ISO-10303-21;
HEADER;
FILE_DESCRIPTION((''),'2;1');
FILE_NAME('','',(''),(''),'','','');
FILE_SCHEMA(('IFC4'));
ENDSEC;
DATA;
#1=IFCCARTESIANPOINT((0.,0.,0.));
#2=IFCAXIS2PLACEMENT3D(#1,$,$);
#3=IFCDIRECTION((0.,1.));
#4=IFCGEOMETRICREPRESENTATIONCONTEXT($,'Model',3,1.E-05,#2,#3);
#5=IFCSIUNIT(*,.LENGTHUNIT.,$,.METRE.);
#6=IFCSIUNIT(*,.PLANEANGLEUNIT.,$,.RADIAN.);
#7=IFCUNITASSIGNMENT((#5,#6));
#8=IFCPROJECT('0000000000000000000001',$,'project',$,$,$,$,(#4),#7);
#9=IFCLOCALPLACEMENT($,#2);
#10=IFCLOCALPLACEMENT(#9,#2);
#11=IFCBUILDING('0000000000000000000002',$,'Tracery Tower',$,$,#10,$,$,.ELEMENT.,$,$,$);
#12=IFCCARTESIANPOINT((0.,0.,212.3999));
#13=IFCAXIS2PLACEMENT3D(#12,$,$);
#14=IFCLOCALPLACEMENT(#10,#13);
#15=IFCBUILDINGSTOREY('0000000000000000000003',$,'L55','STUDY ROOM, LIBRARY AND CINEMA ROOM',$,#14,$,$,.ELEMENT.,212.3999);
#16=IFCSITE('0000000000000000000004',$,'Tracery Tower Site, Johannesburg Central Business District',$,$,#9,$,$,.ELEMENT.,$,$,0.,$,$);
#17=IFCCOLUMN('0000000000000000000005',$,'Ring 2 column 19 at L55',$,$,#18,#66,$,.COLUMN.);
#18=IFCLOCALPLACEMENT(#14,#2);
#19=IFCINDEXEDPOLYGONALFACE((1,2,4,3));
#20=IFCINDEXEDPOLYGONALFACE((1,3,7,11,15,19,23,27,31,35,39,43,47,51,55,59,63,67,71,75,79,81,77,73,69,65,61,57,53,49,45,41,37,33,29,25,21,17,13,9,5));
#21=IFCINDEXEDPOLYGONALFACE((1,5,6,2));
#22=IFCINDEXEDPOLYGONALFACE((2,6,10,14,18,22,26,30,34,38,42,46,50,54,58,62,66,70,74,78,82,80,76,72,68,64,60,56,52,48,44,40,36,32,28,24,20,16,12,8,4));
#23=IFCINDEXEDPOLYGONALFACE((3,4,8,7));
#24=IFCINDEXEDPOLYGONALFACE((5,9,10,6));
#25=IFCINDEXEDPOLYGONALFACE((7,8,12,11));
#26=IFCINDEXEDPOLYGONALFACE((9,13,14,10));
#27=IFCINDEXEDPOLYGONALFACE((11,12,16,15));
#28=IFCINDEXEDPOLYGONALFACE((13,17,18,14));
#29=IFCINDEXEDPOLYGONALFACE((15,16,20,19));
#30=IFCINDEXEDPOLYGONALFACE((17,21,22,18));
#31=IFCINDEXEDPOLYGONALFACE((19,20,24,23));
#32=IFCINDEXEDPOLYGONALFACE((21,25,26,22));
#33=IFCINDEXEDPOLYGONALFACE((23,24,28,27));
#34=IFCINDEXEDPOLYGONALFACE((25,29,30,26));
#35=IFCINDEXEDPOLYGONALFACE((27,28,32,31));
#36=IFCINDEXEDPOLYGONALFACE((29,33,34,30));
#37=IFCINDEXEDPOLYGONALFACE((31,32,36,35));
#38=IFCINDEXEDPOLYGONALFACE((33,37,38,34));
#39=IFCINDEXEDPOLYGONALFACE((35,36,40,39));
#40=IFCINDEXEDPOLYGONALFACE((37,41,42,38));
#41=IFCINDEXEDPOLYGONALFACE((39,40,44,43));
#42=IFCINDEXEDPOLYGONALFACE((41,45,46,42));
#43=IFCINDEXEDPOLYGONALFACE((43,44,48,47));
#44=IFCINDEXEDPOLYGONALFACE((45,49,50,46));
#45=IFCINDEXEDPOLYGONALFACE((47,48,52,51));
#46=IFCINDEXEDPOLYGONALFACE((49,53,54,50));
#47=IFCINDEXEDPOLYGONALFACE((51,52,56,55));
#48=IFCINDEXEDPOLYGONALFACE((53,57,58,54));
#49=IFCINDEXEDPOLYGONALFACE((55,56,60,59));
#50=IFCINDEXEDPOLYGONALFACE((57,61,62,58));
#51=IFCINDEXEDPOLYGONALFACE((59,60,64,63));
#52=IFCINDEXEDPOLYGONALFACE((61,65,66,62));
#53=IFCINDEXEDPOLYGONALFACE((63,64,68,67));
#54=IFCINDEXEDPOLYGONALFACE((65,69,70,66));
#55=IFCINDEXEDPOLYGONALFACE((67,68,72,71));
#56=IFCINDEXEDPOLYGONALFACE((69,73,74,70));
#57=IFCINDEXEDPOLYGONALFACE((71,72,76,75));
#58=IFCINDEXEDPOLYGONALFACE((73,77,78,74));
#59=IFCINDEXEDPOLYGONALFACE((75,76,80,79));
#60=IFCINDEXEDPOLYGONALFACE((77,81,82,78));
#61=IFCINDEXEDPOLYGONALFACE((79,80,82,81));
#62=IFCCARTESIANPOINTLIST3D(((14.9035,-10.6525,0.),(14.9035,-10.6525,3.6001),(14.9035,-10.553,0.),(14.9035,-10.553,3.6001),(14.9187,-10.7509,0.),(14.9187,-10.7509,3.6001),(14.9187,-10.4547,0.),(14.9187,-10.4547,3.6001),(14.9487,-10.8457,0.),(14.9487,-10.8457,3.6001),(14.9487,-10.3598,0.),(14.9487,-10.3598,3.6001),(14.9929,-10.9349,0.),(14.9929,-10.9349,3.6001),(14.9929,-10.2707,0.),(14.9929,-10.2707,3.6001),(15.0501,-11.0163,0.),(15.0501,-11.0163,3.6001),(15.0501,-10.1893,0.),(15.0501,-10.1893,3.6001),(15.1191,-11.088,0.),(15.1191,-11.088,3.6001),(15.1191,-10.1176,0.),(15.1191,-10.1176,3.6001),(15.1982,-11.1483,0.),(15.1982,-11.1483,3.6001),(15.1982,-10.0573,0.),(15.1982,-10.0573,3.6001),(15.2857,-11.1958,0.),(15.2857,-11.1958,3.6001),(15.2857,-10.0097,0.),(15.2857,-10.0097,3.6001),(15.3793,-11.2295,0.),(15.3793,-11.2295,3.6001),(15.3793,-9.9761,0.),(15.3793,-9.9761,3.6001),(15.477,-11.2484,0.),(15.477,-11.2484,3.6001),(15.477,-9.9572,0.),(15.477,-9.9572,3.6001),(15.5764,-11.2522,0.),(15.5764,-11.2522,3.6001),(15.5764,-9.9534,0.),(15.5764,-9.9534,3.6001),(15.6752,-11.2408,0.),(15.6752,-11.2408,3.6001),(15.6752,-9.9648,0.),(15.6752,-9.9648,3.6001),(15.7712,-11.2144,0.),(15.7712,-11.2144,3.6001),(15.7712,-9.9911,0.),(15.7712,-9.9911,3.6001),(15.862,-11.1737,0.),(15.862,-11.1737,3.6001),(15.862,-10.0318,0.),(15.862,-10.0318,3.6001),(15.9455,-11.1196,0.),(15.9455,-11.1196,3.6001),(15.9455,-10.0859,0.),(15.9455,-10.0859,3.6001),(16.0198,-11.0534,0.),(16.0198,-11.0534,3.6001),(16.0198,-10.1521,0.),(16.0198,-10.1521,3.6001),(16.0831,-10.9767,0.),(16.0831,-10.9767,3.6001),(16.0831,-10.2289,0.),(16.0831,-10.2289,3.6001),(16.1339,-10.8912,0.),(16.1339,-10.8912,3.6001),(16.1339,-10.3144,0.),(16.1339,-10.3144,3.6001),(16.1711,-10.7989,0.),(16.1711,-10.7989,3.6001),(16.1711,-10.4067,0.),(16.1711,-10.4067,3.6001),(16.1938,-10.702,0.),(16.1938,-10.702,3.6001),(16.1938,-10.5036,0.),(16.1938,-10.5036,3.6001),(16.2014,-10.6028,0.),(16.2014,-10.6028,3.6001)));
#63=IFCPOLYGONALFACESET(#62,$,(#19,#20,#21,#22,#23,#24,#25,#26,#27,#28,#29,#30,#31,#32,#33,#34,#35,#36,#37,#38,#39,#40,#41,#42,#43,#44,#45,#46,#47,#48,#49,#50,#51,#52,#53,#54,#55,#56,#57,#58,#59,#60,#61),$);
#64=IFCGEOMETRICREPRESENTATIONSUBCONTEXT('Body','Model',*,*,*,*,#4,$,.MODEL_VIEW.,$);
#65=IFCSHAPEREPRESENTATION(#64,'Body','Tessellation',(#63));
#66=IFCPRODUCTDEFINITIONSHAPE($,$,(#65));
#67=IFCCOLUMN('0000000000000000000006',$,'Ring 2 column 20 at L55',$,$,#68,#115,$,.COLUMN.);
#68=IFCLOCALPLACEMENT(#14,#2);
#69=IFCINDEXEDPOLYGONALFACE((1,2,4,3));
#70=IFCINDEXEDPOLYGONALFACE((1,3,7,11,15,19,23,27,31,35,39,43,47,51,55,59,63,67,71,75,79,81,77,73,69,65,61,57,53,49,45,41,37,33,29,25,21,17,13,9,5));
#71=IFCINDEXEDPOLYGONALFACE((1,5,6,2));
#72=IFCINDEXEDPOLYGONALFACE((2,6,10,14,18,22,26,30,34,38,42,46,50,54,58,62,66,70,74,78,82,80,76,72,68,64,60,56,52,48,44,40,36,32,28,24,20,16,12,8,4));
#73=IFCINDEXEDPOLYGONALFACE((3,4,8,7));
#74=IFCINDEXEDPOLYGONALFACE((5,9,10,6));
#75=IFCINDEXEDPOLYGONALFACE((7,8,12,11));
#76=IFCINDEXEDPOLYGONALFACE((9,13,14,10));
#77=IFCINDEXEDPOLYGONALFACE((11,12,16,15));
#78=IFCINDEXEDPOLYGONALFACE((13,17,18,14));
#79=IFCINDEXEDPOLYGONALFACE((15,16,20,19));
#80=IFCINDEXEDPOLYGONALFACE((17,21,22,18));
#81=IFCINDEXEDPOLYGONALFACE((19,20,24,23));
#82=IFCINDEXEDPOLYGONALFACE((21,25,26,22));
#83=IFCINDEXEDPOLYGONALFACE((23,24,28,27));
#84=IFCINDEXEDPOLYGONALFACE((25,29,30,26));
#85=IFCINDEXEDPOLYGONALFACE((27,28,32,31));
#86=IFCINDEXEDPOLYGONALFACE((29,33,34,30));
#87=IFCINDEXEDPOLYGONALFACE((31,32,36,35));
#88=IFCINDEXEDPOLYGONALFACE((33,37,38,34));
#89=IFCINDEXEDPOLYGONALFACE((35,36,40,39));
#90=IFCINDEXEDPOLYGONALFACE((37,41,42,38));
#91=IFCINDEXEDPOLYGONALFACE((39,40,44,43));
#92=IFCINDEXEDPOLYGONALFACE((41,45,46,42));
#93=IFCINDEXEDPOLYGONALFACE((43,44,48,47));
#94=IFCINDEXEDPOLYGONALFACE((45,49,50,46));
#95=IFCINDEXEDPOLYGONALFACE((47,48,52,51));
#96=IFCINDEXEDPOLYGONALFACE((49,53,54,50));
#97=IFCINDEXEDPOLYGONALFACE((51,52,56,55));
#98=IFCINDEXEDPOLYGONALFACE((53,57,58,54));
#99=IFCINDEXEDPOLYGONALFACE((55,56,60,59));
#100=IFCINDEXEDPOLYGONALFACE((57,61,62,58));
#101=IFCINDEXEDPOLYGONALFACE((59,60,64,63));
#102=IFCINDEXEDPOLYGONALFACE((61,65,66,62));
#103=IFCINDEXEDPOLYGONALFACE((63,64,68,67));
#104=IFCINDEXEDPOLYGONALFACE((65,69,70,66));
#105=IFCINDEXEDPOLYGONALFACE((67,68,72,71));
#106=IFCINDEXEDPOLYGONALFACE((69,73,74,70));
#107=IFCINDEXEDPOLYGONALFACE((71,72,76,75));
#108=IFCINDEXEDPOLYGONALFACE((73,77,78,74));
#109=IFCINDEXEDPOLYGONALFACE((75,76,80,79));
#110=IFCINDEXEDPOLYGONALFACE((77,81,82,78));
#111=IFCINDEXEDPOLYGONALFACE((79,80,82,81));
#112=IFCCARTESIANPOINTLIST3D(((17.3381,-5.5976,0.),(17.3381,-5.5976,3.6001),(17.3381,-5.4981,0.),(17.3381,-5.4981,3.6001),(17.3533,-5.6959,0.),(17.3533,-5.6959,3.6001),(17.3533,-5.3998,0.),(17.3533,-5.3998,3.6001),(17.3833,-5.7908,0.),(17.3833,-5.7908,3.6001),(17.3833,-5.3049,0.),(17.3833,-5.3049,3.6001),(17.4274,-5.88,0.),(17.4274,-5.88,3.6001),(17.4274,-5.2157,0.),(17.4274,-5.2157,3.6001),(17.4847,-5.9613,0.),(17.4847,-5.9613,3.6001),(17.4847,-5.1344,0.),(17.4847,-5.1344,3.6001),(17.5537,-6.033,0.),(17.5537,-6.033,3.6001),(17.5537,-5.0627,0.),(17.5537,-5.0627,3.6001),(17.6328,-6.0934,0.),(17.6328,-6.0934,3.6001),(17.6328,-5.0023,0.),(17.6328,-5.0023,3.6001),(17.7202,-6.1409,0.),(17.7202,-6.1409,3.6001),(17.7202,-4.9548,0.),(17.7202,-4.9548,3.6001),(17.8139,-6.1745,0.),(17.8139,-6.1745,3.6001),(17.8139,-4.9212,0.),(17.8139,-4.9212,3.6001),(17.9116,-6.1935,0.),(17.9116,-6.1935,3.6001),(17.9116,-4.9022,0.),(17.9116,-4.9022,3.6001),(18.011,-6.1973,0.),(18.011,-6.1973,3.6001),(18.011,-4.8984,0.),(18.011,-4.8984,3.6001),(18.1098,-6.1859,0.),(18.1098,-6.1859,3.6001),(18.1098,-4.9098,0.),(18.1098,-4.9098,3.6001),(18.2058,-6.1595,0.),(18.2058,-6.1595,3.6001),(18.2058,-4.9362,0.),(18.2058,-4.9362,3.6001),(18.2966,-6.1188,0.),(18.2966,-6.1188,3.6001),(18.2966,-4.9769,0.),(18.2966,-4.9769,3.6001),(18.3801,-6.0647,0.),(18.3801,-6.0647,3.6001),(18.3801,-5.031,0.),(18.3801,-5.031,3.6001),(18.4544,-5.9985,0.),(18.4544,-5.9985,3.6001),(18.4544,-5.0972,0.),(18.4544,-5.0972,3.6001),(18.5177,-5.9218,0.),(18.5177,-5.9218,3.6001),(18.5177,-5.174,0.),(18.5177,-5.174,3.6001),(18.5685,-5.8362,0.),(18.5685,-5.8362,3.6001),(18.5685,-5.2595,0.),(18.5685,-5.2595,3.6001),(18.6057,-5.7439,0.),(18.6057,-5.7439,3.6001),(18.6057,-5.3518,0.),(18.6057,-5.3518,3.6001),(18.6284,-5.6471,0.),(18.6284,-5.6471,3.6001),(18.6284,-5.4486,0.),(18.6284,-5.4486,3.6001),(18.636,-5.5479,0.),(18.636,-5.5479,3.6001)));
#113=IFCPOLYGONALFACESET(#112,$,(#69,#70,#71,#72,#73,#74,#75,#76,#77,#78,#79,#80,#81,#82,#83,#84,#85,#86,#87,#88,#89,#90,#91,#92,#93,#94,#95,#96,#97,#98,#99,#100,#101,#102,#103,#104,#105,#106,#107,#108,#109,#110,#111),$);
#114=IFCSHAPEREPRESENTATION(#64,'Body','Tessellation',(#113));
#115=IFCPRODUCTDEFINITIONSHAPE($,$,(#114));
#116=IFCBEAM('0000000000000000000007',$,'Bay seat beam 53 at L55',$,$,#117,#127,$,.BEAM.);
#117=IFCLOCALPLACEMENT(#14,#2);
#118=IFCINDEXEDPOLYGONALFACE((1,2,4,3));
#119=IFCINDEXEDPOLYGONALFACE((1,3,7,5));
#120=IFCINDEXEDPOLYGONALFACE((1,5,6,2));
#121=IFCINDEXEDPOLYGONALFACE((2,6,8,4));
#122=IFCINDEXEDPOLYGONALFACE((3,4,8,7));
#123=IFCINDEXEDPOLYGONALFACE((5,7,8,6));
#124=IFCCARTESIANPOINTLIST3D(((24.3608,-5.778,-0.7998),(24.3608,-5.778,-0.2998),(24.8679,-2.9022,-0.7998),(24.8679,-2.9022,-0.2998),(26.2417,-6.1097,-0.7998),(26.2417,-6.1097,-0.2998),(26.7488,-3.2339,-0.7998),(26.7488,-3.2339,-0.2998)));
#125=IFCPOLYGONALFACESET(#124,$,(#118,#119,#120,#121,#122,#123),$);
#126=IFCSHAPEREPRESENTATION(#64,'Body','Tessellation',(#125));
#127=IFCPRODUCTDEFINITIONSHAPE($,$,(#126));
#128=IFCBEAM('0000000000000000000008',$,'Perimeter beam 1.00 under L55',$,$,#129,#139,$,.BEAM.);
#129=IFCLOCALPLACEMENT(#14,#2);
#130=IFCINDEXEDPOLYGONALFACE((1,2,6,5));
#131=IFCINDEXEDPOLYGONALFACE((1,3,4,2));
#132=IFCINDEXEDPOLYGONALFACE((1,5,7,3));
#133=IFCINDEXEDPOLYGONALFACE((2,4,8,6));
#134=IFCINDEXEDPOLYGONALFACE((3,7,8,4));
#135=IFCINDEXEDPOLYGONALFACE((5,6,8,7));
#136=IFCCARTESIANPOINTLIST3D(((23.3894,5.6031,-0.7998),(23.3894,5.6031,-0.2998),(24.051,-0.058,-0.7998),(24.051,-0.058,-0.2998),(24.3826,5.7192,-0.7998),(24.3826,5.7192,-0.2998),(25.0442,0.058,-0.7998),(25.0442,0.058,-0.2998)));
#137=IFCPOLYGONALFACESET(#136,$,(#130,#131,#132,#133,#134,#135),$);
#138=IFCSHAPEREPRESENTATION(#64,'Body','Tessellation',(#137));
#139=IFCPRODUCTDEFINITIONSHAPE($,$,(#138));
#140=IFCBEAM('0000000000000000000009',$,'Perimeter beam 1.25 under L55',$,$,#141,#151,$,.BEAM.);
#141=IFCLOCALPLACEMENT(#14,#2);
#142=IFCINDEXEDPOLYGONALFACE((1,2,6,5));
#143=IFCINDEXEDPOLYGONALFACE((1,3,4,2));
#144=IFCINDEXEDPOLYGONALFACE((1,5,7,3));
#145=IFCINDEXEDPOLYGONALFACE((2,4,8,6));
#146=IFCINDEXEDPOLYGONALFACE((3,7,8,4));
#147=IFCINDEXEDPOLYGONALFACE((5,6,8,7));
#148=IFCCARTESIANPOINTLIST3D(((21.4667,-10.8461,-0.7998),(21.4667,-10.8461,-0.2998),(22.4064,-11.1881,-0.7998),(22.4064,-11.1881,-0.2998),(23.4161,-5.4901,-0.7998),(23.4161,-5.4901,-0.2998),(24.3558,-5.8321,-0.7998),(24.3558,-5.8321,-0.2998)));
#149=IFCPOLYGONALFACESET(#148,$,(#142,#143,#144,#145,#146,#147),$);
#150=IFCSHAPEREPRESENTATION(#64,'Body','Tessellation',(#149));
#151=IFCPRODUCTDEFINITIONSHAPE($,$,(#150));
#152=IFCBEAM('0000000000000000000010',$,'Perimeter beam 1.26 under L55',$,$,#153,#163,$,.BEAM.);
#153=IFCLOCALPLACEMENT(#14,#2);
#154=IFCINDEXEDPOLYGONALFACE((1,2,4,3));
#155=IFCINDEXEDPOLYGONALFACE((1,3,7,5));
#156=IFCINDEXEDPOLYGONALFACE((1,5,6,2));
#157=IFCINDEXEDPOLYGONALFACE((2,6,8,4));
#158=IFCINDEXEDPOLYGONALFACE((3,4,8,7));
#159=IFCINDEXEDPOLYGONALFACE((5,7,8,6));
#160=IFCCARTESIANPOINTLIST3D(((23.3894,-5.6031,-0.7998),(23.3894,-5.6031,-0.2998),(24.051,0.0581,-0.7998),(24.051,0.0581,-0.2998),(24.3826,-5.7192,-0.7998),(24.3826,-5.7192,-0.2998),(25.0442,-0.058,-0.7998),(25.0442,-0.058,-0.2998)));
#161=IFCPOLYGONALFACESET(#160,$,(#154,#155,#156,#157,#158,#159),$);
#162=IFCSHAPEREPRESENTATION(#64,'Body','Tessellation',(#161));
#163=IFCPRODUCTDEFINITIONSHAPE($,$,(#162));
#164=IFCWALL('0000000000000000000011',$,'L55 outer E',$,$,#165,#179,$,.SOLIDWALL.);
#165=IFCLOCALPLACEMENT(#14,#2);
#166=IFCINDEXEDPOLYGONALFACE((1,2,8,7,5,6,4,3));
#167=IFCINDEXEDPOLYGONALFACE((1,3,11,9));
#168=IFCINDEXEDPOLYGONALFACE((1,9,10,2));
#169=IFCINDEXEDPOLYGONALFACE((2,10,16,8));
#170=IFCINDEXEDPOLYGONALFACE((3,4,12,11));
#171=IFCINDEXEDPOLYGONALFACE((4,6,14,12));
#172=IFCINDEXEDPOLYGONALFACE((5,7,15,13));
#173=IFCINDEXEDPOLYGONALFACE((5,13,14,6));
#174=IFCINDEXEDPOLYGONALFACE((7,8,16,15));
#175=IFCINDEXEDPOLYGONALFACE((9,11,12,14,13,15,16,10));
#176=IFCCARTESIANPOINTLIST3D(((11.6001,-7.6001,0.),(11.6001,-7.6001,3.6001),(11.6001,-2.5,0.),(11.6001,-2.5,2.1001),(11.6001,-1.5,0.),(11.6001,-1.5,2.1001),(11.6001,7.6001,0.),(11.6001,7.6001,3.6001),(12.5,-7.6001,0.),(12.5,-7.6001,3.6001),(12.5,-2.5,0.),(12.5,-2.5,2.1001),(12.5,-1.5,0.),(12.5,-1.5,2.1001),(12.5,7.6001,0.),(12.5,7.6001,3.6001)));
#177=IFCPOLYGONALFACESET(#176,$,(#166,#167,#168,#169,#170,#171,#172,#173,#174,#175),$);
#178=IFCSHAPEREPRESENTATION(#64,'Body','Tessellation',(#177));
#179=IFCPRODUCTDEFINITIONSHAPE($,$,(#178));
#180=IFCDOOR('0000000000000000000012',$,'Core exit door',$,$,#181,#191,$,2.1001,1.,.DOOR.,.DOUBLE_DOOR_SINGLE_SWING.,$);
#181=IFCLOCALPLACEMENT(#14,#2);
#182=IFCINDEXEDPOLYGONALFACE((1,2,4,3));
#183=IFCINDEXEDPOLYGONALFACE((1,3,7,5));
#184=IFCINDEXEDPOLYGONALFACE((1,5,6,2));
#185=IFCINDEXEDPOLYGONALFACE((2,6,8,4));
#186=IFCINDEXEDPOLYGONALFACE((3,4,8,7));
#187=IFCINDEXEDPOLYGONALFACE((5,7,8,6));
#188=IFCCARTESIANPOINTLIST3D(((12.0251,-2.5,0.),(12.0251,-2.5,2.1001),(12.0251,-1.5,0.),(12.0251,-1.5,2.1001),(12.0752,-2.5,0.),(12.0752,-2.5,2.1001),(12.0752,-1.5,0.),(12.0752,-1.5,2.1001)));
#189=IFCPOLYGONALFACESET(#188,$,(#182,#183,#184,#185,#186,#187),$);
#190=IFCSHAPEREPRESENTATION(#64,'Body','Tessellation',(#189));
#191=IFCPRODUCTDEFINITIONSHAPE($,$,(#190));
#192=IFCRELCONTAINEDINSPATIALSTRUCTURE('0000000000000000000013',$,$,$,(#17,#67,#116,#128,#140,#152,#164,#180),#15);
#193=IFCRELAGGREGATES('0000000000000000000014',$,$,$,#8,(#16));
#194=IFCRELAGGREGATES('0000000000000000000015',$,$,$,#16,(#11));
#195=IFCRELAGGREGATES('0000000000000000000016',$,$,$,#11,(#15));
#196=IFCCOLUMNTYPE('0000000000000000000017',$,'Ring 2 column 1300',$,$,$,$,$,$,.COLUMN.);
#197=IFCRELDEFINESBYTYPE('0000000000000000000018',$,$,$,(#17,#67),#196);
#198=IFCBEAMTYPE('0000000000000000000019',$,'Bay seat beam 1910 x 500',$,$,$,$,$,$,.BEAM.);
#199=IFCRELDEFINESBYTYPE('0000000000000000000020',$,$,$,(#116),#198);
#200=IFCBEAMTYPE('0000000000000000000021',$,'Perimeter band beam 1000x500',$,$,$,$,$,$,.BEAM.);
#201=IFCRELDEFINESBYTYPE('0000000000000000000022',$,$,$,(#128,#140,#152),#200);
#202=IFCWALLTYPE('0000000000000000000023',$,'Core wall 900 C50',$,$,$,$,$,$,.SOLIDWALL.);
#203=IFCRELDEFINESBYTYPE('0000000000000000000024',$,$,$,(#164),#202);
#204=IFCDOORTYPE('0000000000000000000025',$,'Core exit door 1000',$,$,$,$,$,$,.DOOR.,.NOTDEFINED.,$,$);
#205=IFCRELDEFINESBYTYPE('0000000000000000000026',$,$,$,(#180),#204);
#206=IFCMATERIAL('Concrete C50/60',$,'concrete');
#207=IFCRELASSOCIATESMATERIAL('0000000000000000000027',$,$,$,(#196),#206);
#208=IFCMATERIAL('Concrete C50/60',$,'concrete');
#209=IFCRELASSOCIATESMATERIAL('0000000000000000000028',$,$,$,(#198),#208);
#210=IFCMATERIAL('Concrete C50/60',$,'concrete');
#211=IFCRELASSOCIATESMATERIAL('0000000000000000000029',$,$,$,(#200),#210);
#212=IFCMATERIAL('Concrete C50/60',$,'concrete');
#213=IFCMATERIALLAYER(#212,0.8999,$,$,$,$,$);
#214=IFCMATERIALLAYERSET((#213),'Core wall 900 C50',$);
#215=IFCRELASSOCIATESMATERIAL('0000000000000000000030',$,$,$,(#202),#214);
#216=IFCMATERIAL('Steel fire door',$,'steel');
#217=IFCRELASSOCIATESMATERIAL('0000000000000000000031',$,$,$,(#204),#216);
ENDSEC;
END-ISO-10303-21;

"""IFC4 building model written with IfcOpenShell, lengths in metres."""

from ifc_helpers import new_model, si_unit, direction, frame, frame_2d, origin, origin_2d, place, context, subcontext, project, spatial, rectangle, circle, extrude, material, layer, layer_set, material_profile, profile_set, type_object, element, fill, save


model = new_model("IFC4")

# Units and contexts
model_context = context("Model", 3, precision=1e-05, world=origin(), true_north=direction((0.0, 1.0)))
body_context = subcontext(model_context, "Body", "Model", "MODEL_VIEW")
ifc_project = project(units=[si_unit("LENGTHUNIT", "METRE"), si_unit("PLANEANGLEUNIT", "RADIAN")], contexts=[model_context])

# Site, building, storey
site_placement = place(None, origin())
site = spatial("IfcSite", under=ifc_project, at=site_placement, Name="Tracery Tower Site, Johannesburg Central Business District", CompositionType="ELEMENT", RefElevation=0.0)
building_placement = place(site_placement, origin())
building = spatial("IfcBuilding", under=site, at=building_placement, Name="Tracery Tower", CompositionType="ELEMENT")
storey_placement = place(building_placement, frame((0.0, 0.0, 212.3999)))
storey = spatial("IfcBuildingStorey", under=building, at=storey_placement, Name="L55", Description="STUDY ROOM, LIBRARY AND CINEMA ROOM", CompositionType="ELEMENT", Elevation=212.3999)

# Columns
ifc_material_1 = material(Name="Concrete C50/60", Category="concrete")
ifc_material_profile_1 = material_profile(ifc_material_1, circle(Radius=0.6499, at=origin_2d()), Name="RC D1300")
ifc_profile_set_1 = profile_set([ifc_material_profile_1], Name="Concrete C50/60")
column_type_1 = type_object("IfcColumnType", Name="Ring 2 column 1300", PredefinedType="COLUMN", material=ifc_profile_set_1)
for number, where, z_axis, x_axis, name in (
    (1, (15.5515, -10.6028, 0.0), (0.0, 0.0, 1.0), (1.0, 0.0, 0.0), "Ring 2 column 19 at L55"),
    (2, (17.9861, -5.5479, 0.0), (0.0, 0.0, 1.0), (1.0, 0.0, 0.0), "Ring 2 column 20 at L55"),
):
    element("IfcColumn", number, at=place(storey_placement, frame(where, z_axis=z_axis, x_axis=x_axis)), inside=storey, type_object=column_type_1, Name=name, PredefinedType="COLUMN", context=body_context, shape_type="SweptSolid", body=[
        extrude(circle(Radius=0.6499, at=origin_2d()), origin(), (0.0, 0.0, 1.0), 3.6001),
    ])

# Beams
ifc_material_2 = material(Name="Concrete C50/60", Category="concrete")
ifc_material_profile_2 = material_profile(ifc_material_2, rectangle(XDim=1.9099, YDim=0.5, at=origin_2d()), Name="RC 1910x500")
ifc_profile_set_2 = profile_set([ifc_material_profile_2], Name="Concrete C50/60")
beam_type_1 = type_object("IfcBeamType", Name="Bay seat beam 1910 x 500", PredefinedType="BEAM", material=ifc_profile_set_2)
beam_placement = place(storey_placement, frame((25.3013, -5.9438, -0.5498), z_axis=(0.173652, 0.984807, 0.0), x_axis=(-0.984807, 0.173652, 0.0)))
element("IfcBeam", 3, at=beam_placement, inside=storey, type_object=beam_type_1, Name="Bay seat beam 53 at L55", PredefinedType="BEAM", context=body_context, shape_type="SweptSolid", body=[
    extrude(rectangle(XDim=1.9099, YDim=0.5, at=origin_2d()), origin(), (0.0, 0.0, 1.0), 2.9202),
])
ifc_material_3 = material(Name="Concrete C50/60", Category="concrete")
ifc_material_profile_3 = material_profile(ifc_material_3, rectangle(XDim=1.0, YDim=0.5, at=origin_2d()), Name="RC 1000x500")
ifc_profile_set_3 = profile_set([ifc_material_profile_3], Name="Concrete C50/60")
beam_type_2 = type_object("IfcBeamType", Name="Perimeter band beam 1000x500", PredefinedType="BEAM", material=ifc_profile_set_3)
for number, where, z_axis, x_axis, name in (
    (4, (24.5476, 0.0, -0.5498), (-0.116081, 0.99324, 0.0), (-0.99324, -0.116081, 0.0), "Perimeter beam 1.00 under L55"),
    (5, (21.9365, -11.0171, -0.5498), (0.342029, 0.93969, 0.0), (-0.93969, 0.342029, 0.0), "Perimeter beam 1.25 under L55"),
    (6, (23.886, -5.6611, -0.5498), (0.116081, 0.99324, 0.0), (-0.99324, 0.116081, 0.0), "Perimeter beam 1.26 under L55"),
):
    element("IfcBeam", number, at=place(storey_placement, frame(where, z_axis=z_axis, x_axis=x_axis)), inside=storey, type_object=beam_type_2, Name=name, PredefinedType="BEAM", context=body_context, shape_type="SweptSolid", body=[
        extrude(rectangle(XDim=1.0, YDim=0.5, at=origin_2d()), origin(), (0.0, 0.0, 1.0), 5.6997),
    ])

# Wall, opening, door
ifc_material_4 = material(Name="Concrete C50/60", Category="concrete")
ifc_layer_1 = layer(ifc_material_4, 0.8999)
ifc_layer_set_1 = layer_set([ifc_layer_1], Name="Core wall 900 C50")
wall_type_1 = type_object("IfcWallType", Name="Core wall 900 C50", PredefinedType="SOLIDWALL", material=ifc_layer_set_1)
wall_1_placement = place(storey_placement, frame((12.05, -7.6001, 0.0), z_axis=(0.0, 0.0, 1.0), x_axis=(0.0, 1.0, 0.0)))
wall_1 = element("IfcWall", 7, at=wall_1_placement, inside=storey, type_object=wall_type_1, Name="L55 outer E", PredefinedType="SOLIDWALL", context=body_context, shape_type="SweptSolid", body=[
    extrude(rectangle(XDim=15.2002, YDim=0.8999, at=frame_2d((7.6001, 0.0))), origin(), (0.0, 0.0, 1.0), 3.6001),
])
opening_1_placement = place(wall_1_placement, frame((5.1001, 0.0, 0.0)))
opening_1 = element("IfcOpeningElement", 8, at=opening_1_placement, cuts=wall_1, PredefinedType="OPENING", context=body_context, shape_type="SweptSolid", body=[
    extrude(rectangle(XDim=1.0, YDim=2.1001, at=frame_2d((0.5, 1.05))), frame((0.0, 0.45, 0.0), z_axis=(0.0, -1.0, 0.0), x_axis=(1.0, 0.0, 0.0)), (0.0, 0.0, 1.0), 0.8999),
])
ifc_material_5 = material(Name="Steel fire door", Category="steel")
door_type_1 = type_object("IfcDoorType", Name="Core exit door 1000", OperationType="NOTDEFINED", PredefinedType="DOOR", material=ifc_material_5)
door_1_placement = place(opening_1_placement, origin())
door_1 = element("IfcDoor", 9, at=door_1_placement, inside=storey, type_object=door_type_1, Name="Core exit door", OperationType="DOUBLE_DOOR_SINGLE_SWING", OverallHeight=2.1001, OverallWidth=1.0, PredefinedType="DOOR", context=body_context, shape_type="SweptSolid", body=[
    extrude(rectangle(XDim=1.0, YDim=2.1001, at=frame_2d((0.5, 1.05))), frame((0.0, 0.0249, 0.0), z_axis=(0.0, -1.0, 0.0), x_axis=(1.0, 0.0, 0.0)), (0.0, 0.0, 1.0), 0.05),
])
fill(opening_1, door_1)

save(model, "model.ifc")
